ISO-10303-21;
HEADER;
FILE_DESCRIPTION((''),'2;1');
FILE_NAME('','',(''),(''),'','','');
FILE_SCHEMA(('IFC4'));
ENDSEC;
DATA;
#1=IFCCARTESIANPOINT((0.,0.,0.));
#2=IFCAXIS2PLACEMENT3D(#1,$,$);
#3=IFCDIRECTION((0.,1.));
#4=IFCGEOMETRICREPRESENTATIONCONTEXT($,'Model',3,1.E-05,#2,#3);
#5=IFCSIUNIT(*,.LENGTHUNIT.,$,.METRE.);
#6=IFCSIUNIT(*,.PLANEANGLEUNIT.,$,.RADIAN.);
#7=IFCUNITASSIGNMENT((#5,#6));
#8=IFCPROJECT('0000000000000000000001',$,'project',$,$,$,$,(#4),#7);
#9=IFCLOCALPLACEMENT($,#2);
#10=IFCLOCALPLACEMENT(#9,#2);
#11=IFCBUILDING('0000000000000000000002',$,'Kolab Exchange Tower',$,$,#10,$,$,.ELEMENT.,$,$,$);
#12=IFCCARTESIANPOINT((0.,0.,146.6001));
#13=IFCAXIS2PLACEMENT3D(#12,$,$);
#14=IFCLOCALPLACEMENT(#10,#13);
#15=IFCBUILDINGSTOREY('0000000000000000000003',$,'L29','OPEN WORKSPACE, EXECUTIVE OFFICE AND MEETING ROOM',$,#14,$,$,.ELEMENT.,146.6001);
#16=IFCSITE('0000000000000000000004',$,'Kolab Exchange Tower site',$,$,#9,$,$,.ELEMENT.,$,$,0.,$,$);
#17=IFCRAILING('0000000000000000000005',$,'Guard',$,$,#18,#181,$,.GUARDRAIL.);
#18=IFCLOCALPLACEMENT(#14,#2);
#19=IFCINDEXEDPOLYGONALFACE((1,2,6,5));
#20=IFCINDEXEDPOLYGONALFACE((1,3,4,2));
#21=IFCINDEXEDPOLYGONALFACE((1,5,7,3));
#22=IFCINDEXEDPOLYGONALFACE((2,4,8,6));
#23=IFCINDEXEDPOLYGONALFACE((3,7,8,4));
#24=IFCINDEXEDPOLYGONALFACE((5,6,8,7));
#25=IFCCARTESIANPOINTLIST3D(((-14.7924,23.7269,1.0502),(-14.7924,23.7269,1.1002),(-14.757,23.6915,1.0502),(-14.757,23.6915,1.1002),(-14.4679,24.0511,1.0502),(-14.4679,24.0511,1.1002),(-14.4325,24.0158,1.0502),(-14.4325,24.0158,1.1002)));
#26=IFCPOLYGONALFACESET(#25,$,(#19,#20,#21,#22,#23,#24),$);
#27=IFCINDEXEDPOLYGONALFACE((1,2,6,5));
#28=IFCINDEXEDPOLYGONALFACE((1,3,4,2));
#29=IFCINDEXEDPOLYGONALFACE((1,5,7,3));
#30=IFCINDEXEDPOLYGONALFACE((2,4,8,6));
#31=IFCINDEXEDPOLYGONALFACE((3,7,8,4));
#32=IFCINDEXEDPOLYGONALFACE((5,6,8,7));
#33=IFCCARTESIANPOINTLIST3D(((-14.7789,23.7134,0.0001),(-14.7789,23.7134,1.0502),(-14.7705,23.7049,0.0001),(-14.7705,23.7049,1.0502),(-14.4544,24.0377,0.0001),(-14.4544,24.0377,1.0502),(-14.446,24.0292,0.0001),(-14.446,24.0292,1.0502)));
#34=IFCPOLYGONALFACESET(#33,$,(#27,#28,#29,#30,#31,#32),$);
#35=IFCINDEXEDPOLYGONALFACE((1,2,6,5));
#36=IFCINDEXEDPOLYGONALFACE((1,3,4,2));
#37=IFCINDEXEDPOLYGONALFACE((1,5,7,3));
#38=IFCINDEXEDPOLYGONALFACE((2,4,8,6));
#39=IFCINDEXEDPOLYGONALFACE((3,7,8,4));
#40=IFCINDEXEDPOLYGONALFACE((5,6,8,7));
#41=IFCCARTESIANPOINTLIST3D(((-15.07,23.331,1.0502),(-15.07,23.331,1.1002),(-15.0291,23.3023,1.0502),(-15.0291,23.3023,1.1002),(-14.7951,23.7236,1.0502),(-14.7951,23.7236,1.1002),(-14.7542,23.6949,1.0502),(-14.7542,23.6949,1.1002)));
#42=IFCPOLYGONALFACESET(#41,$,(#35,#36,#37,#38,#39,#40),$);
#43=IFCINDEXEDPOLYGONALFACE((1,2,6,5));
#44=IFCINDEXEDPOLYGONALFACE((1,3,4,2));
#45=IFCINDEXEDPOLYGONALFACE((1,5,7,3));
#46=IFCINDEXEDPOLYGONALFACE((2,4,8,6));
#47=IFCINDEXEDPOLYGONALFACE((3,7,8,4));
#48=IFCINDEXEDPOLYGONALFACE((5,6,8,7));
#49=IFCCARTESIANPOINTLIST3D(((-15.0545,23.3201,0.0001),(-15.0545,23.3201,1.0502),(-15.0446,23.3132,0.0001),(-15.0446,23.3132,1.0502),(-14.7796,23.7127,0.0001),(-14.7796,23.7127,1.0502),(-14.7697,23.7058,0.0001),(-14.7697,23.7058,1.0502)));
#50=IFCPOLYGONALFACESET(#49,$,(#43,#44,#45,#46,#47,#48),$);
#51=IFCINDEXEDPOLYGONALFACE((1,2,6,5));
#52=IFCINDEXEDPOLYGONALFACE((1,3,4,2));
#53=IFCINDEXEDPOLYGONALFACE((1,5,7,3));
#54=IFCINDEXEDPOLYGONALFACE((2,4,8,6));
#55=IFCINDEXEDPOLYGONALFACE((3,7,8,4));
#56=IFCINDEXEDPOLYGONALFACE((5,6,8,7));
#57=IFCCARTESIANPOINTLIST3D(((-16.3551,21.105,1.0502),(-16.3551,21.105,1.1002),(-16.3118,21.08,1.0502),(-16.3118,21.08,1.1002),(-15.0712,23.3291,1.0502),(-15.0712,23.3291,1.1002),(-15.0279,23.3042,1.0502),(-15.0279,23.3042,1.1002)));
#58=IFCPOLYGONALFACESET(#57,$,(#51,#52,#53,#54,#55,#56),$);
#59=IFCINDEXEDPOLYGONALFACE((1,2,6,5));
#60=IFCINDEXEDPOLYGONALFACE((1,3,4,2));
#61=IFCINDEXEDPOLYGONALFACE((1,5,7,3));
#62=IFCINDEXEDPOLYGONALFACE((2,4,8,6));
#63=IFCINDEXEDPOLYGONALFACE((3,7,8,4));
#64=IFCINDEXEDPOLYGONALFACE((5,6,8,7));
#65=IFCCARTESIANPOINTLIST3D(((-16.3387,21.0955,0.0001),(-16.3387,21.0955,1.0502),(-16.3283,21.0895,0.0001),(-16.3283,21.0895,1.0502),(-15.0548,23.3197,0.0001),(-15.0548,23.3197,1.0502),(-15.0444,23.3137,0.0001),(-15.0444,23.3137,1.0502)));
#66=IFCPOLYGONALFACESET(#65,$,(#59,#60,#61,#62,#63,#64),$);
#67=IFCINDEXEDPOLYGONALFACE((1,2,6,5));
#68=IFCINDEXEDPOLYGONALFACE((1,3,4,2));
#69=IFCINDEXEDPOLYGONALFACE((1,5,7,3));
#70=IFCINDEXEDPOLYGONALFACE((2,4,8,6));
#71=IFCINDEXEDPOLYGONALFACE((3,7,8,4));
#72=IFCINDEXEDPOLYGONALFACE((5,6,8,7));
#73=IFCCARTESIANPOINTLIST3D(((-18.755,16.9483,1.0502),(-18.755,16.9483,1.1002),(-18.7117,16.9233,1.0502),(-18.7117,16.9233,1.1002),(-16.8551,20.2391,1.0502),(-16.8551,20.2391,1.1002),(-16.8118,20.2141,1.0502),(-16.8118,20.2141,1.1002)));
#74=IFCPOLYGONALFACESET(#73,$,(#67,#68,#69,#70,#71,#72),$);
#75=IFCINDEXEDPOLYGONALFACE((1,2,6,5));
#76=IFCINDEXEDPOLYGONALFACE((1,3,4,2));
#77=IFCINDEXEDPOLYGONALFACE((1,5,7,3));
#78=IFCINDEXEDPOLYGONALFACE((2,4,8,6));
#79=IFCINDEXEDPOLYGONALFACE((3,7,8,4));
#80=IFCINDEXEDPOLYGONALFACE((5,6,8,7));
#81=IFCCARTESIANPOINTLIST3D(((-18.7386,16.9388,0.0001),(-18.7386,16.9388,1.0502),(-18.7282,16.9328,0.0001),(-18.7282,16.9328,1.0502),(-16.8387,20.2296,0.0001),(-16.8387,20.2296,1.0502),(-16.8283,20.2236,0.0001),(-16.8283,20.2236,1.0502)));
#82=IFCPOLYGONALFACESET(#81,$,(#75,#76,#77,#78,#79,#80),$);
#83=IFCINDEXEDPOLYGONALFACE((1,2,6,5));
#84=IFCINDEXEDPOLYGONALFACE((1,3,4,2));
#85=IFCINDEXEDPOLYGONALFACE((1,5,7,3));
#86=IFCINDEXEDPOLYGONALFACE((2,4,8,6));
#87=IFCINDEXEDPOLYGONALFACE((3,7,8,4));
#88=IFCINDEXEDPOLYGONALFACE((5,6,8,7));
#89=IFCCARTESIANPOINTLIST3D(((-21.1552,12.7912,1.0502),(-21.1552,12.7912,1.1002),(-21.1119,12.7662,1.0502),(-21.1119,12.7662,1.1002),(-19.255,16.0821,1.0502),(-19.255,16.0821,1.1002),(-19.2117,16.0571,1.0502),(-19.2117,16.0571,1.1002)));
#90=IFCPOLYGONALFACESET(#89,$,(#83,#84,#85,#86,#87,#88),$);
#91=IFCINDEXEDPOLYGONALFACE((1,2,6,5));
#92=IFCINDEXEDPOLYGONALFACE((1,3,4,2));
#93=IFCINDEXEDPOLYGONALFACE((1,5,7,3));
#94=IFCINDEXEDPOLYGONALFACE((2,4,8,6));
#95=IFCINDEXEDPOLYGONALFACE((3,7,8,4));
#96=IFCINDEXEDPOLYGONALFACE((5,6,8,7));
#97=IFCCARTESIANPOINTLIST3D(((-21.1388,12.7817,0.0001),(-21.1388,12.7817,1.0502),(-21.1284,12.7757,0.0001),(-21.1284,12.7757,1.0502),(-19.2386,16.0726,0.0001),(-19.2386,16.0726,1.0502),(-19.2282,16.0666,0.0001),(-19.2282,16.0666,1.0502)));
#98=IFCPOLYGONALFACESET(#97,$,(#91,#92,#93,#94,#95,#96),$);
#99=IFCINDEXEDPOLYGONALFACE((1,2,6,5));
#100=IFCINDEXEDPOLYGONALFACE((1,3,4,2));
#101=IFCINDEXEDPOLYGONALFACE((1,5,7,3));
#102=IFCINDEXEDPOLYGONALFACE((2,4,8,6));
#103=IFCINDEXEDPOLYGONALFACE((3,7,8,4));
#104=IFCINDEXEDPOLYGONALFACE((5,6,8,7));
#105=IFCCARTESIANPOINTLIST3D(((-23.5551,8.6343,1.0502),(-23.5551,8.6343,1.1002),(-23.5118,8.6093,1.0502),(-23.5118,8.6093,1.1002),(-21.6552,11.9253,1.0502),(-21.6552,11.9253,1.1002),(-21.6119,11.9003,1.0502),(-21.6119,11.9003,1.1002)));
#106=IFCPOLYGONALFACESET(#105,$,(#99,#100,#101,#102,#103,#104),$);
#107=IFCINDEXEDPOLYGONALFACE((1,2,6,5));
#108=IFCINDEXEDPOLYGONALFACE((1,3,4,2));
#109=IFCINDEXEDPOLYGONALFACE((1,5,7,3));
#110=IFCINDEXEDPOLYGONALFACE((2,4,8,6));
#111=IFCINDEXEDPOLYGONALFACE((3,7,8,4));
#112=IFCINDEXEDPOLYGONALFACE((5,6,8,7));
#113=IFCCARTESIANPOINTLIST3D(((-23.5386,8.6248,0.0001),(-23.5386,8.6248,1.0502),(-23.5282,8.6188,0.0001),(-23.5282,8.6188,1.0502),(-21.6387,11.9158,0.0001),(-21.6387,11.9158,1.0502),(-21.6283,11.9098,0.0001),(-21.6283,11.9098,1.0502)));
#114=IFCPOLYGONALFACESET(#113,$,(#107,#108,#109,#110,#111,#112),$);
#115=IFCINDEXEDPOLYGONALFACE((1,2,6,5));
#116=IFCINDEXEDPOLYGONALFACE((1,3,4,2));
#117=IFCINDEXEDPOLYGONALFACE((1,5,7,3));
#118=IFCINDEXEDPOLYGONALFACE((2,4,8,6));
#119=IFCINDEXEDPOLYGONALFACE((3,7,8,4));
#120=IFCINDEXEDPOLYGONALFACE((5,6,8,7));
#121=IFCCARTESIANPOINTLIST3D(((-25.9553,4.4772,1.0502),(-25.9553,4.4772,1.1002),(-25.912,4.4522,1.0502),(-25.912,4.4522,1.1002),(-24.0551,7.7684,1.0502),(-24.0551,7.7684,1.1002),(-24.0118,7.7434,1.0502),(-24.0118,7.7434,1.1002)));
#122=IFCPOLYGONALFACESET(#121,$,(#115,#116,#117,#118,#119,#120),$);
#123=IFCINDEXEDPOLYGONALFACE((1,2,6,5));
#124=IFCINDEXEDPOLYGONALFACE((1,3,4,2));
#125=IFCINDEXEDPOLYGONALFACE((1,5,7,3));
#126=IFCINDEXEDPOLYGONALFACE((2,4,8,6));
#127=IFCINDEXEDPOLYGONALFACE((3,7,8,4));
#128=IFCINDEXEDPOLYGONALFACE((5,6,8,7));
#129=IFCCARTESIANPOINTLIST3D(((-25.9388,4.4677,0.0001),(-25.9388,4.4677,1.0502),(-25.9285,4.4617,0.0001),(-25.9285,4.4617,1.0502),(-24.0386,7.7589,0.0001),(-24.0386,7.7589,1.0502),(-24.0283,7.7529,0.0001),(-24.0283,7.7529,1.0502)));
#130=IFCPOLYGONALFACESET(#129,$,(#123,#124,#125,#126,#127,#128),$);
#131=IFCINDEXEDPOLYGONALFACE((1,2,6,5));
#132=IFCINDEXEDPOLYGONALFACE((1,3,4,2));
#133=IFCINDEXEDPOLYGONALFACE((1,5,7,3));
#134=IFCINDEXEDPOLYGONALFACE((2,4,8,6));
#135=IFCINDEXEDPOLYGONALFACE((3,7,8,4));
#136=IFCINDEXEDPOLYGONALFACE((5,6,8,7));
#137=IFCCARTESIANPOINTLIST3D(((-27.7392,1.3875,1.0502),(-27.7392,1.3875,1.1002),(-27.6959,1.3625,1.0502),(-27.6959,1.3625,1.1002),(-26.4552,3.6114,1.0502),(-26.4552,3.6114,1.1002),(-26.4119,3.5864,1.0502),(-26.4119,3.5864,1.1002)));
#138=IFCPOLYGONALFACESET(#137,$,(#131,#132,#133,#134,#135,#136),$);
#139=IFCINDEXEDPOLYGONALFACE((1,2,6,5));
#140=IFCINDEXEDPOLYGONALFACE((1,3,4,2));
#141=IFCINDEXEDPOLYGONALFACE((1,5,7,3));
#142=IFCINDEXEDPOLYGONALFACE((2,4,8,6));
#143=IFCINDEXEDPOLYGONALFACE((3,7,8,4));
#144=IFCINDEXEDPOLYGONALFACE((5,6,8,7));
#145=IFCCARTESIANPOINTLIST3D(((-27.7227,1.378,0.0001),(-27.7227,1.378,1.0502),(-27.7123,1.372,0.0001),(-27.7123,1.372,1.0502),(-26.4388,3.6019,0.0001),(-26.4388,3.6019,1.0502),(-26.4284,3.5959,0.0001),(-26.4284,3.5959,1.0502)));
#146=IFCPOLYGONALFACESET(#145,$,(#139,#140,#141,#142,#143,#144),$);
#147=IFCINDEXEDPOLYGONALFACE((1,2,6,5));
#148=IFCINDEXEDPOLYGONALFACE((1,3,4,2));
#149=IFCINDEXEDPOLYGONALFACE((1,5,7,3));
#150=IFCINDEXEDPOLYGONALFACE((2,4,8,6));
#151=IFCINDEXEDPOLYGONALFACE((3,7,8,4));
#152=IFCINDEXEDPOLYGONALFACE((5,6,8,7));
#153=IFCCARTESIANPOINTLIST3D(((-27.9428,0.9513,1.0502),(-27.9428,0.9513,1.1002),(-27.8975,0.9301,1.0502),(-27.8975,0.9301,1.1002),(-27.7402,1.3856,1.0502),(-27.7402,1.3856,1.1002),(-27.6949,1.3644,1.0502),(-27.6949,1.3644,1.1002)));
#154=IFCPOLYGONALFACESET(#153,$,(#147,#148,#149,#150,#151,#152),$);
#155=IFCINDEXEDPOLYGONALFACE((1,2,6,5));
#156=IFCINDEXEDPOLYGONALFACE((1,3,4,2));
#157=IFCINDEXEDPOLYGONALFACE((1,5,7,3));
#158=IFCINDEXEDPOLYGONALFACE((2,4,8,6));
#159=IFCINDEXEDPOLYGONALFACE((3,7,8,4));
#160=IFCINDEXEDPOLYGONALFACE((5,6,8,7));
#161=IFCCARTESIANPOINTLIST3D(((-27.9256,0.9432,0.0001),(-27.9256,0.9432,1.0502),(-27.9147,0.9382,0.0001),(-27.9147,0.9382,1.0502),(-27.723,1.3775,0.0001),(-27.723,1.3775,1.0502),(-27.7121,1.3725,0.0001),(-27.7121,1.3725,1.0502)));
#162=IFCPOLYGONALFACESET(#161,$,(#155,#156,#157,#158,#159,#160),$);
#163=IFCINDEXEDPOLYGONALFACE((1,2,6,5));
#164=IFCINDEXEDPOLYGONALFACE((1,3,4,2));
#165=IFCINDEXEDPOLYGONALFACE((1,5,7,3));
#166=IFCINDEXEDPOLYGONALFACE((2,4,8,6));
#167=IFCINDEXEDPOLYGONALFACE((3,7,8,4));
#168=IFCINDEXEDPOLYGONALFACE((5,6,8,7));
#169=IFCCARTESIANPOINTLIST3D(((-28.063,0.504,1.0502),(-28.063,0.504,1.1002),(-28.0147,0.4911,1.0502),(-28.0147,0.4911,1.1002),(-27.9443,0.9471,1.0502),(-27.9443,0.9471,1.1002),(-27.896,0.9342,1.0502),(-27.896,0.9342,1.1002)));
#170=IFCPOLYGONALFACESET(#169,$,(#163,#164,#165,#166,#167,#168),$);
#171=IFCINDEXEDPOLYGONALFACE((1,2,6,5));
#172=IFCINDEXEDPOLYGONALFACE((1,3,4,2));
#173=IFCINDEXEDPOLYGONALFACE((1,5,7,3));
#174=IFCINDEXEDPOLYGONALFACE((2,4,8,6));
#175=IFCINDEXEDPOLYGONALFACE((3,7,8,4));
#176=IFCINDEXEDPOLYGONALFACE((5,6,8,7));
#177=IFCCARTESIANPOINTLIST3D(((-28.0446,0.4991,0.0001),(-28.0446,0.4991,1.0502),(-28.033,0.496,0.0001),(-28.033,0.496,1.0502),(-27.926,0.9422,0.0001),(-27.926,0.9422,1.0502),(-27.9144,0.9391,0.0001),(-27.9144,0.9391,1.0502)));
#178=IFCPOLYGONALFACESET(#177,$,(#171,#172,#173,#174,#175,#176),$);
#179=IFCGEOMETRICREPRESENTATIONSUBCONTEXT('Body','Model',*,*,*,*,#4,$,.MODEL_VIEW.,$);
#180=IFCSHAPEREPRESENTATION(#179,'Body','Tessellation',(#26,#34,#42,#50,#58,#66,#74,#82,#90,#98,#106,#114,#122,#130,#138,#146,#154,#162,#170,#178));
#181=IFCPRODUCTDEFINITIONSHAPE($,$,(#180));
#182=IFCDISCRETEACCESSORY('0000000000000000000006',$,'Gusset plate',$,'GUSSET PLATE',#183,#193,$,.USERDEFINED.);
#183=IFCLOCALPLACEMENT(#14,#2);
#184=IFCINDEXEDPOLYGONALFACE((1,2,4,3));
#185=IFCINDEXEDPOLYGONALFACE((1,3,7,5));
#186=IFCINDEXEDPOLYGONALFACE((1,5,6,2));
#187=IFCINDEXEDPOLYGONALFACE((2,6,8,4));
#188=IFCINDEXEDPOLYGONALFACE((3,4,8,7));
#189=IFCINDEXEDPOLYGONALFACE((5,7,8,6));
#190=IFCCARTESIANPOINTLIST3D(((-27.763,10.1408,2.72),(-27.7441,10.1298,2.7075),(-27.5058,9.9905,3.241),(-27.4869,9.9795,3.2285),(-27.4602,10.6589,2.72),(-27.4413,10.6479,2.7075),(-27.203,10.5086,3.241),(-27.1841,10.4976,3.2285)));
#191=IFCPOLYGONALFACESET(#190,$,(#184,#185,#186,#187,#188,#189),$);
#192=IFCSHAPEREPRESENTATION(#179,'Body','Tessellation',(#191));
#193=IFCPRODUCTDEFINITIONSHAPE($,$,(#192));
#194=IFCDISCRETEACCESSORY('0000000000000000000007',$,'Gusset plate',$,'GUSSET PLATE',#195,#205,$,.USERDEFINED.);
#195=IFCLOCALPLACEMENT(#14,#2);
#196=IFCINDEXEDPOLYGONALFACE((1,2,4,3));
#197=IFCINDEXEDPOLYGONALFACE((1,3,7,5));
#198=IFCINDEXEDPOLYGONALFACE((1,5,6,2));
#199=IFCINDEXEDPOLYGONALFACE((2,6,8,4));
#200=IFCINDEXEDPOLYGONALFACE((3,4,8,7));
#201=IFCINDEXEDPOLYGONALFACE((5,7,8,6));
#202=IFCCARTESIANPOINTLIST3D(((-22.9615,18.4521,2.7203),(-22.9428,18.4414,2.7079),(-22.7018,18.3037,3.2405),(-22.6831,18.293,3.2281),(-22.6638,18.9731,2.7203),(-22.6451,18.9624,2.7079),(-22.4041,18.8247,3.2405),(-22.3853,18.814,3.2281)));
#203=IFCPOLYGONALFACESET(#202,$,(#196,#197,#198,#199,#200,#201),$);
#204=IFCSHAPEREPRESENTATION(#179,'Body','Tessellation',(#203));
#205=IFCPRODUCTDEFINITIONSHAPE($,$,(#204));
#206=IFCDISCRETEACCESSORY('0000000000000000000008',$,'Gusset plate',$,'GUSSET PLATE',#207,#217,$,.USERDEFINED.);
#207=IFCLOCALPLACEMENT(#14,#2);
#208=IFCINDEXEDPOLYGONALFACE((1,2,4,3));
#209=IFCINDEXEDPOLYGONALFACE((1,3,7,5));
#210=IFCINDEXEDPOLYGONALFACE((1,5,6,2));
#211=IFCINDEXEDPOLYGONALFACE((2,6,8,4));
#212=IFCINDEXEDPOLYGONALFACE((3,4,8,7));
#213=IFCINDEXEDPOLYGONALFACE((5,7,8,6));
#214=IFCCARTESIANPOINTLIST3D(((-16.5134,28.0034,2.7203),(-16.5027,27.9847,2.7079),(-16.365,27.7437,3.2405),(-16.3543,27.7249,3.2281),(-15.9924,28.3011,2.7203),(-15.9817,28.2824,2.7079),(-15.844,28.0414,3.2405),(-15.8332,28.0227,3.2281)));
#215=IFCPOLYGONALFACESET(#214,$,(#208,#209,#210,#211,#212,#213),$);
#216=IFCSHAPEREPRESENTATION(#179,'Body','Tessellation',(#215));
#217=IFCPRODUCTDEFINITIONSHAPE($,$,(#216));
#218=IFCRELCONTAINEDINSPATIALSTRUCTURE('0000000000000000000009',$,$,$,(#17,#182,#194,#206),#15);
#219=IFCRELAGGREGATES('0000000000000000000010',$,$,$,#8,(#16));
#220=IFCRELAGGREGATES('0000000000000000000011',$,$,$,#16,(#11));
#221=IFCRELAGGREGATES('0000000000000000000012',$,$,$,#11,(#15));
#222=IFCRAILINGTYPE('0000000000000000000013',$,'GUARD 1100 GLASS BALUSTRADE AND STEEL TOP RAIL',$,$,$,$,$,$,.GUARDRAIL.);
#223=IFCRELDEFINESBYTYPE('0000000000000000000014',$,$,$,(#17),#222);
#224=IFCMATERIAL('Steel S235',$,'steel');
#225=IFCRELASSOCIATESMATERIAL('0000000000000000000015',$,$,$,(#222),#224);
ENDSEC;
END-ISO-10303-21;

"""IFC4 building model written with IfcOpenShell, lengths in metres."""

from ifc_helpers import new_model, si_unit, direction, frame, frame_2d, origin, origin_2d, place, context, subcontext, project, spatial, rectangle, extrude, material, type_object, element, save


model = new_model("IFC4")

# Units and contexts
model_context = context("Model", 3, precision=1e-05, world=origin(), true_north=direction((0.0, 1.0)))
body_context = subcontext(model_context, "Body", "Model", "MODEL_VIEW")
ifc_project = project(units=[si_unit("LENGTHUNIT", "METRE"), si_unit("PLANEANGLEUNIT", "RADIAN")], contexts=[model_context])

# Site, building, storey
site_placement = place(None, origin())
site = spatial("IfcSite", under=ifc_project, at=site_placement, Name="Kolab Exchange Tower site", CompositionType="ELEMENT", RefElevation=0.0)
building_placement = place(site_placement, origin())
building = spatial("IfcBuilding", under=site, at=building_placement, Name="Kolab Exchange Tower", CompositionType="ELEMENT")
storey_placement = place(building_placement, frame((0.0, 0.0, 146.6001)))
storey = spatial("IfcBuildingStorey", under=building, at=storey_placement, Name="L29", Description="OPEN WORKSPACE, EXECUTIVE OFFICE AND MEETING ROOM", CompositionType="ELEMENT", Elevation=146.6001)

# Shared definitions
ifc_material_1 = material(Name="Steel S235", Category="steel")

# Railing
railing_type = type_object("IfcRailingType", Name="GUARD 1100 GLASS BALUSTRADE AND STEEL TOP RAIL", PredefinedType="GUARDRAIL", material=ifc_material_1)
railing_placement = place(storey_placement, frame((-14.4502, 24.0334, 0.0)))
element("IfcRailing", 1, at=railing_placement, inside=storey, type_object=railing_type, Name="Guard", PredefinedType="GUARDRAIL", context=body_context, shape_type="SweptSolid", body=[
    extrude(rectangle(XDim=0.05, YDim=0.05, at=origin_2d()), frame((0.0, 0.0, 1.0752), z_axis=(-0.707373, -0.706841, 0.0), x_axis=(0.706841, -0.707373, 0.0)), (0.0, 0.0, 1.0), 0.4587),
    extrude(rectangle(XDim=0.012, YDim=1.0501, at=frame_2d((0.0, 0.5251))), frame((0.0, 0.0, 0.0), z_axis=(-0.707373, -0.706841, 0.0), x_axis=(0.706841, -0.707373, 0.0)), (0.0, 0.0, 1.0), 0.4587),
    extrude(rectangle(XDim=0.05, YDim=0.05, at=origin_2d()), frame((-0.3245, -0.3242, 1.0752), z_axis=(-0.573599, -0.819136, 0.0), x_axis=(0.819136, -0.573599, 0.0)), (0.0, 0.0, 1.0), 0.4792),
    extrude(rectangle(XDim=0.012, YDim=1.0501, at=frame_2d((0.0, 0.5251))), frame((-0.3245, -0.3242, 0.0), z_axis=(-0.573599, -0.819136, 0.0), x_axis=(0.819136, -0.573599, 0.0)), (0.0, 0.0, 1.0), 0.4792),
    extrude(rectangle(XDim=0.05, YDim=0.05, at=origin_2d()), frame((-0.5994, -0.7168, 1.0752), z_axis=(-0.499953, -0.866053, 0.0), x_axis=(0.866053, -0.499953, 0.0)), (0.0, 0.0, 1.0), 2.5681),
    extrude(rectangle(XDim=0.012, YDim=1.0501, at=frame_2d((0.0, 0.5251))), frame((-0.5994, -0.7168, 0.0), z_axis=(-0.499953, -0.866053, 0.0), x_axis=(0.866053, -0.499953, 0.0)), (0.0, 0.0, 1.0), 2.5681),
    extrude(rectangle(XDim=0.05, YDim=0.05, at=origin_2d()), frame((-2.3833, -3.8069, 1.0752), z_axis=(-0.499995, -0.866028, 0.0), x_axis=(0.866028, -0.499995, 0.0)), (0.0, 0.0, 1.0), 3.7998),
    extrude(rectangle(XDim=0.012, YDim=1.0501, at=frame_2d((0.0, 0.5251))), frame((-2.3833, -3.8069, 0.0), z_axis=(-0.499995, -0.866028, 0.0), x_axis=(0.866028, -0.499995, 0.0)), (0.0, 0.0, 1.0), 3.7998),
    extrude(rectangle(XDim=0.05, YDim=0.05, at=origin_2d()), frame((-4.7832, -7.9639, 1.0752), z_axis=(-0.500043, -0.866, 0.0), x_axis=(0.866, -0.500043, 0.0)), (0.0, 0.0, 1.0), 3.8),
    extrude(rectangle(XDim=0.012, YDim=1.0501, at=frame_2d((0.0, 0.5251))), frame((-4.7832, -7.9639, 0.0), z_axis=(-0.500043, -0.866, 0.0), x_axis=(0.866, -0.500043, 0.0)), (0.0, 0.0, 1.0), 3.8),
    extrude(rectangle(XDim=0.05, YDim=0.05, at=origin_2d()), frame((-7.1833, -12.1206, 1.0752), z_axis=(-0.499967, -0.866044, 0.0), x_axis=(0.866044, -0.499967, 0.0)), (0.0, 0.0, 1.0), 3.8),
    extrude(rectangle(XDim=0.012, YDim=1.0501, at=frame_2d((0.0, 0.5251))), frame((-7.1833, -12.1206, 0.0), z_axis=(-0.499967, -0.866044, 0.0), x_axis=(0.866044, -0.499967, 0.0)), (0.0, 0.0, 1.0), 3.8),
    extrude(rectangle(XDim=0.05, YDim=0.05, at=origin_2d()), frame((-9.5833, -16.2776, 1.0752), z_axis=(-0.500015, -0.866017, 0.0), x_axis=(0.866017, -0.500015, 0.0)), (0.0, 0.0, 1.0), 3.8003),
    extrude(rectangle(XDim=0.012, YDim=1.0501, at=frame_2d((0.0, 0.5251))), frame((-9.5833, -16.2776, 0.0), z_axis=(-0.500015, -0.866017, 0.0), x_axis=(0.866017, -0.500015, 0.0)), (0.0, 0.0, 1.0), 3.8003),
    extrude(rectangle(XDim=0.05, YDim=0.05, at=origin_2d()), frame((-11.9834, -20.4346, 1.0752), z_axis=(-0.499994, -0.866029, 0.0), x_axis=(0.866029, -0.499994, 0.0)), (0.0, 0.0, 1.0), 2.5679),
    extrude(rectangle(XDim=0.012, YDim=1.0501, at=frame_2d((0.0, 0.5251))), frame((-11.9834, -20.4346, 0.0), z_axis=(-0.499994, -0.866029, 0.0), x_axis=(0.866029, -0.499994, 0.0)), (0.0, 0.0, 1.0), 2.5679),
    extrude(rectangle(XDim=0.05, YDim=0.05, at=origin_2d()), frame((-13.2673, -22.6584, 1.0752), z_axis=(-0.422802, -0.906222, 0.0), x_axis=(0.906222, -0.422802, 0.0)), (0.0, 0.0, 1.0), 0.4792),
    extrude(rectangle(XDim=0.012, YDim=1.0501, at=frame_2d((0.0, 0.5251))), frame((-13.2673, -22.6584, 0.0), z_axis=(-0.422802, -0.906222, 0.0), x_axis=(0.906222, -0.422802, 0.0)), (0.0, 0.0, 1.0), 0.4792),
    extrude(rectangle(XDim=0.05, YDim=0.05, at=origin_2d()), frame((-13.47, -23.0928, 1.0752), z_axis=(-0.258656, -0.965969, 0.0), x_axis=(0.965969, -0.258656, 0.0)), (0.0, 0.0, 1.0), 0.4587),
    extrude(rectangle(XDim=0.012, YDim=1.0501, at=frame_2d((0.0, 0.5251))), frame((-13.47, -23.0928, 0.0), z_axis=(-0.258656, -0.965969, 0.0), x_axis=(0.965969, -0.258656, 0.0)), (0.0, 0.0, 1.0), 0.4587),
])

# Discrete accessories
discrete_accessory_placement = place(storey_placement, frame((-27.4641, 10.3137, 2.968), z_axis=(-0.749483, 0.438009, 0.496411), x_axis=(-0.504568, -0.863372, 0.0)))
element("IfcDiscreteAccessory", 2, at=discrete_accessory_placement, inside=storey, Name="Gusset plate", ObjectType="GUSSET PLATE", PredefinedType="USERDEFINED", context=body_context, shape_type="SweptSolid", body=[
    extrude(rectangle(XDim=0.6001, YDim=0.6001, at=origin_2d()), origin(), (0.0, 0.0, 1.0), 0.0251),
])
for number, where, z_axis, x_axis, name in (
    (3, (-22.6641, 18.6277, 2.968), (-0.752663, 0.430093, 0.498517), (-0.496139, -0.868243, 0.0), "Gusset plate"),
    (4, (-16.168, 28.0037, 2.968), (-0.430093, 0.752663, 0.498517), (-0.868243, -0.496139, 0.0), "Gusset plate"),
):
    element("IfcDiscreteAccessory", number, at=place(storey_placement, frame(where, z_axis=z_axis, x_axis=x_axis)), inside=storey, Name=name, ObjectType="GUSSET PLATE", PredefinedType="USERDEFINED", context=body_context, shape_type="SweptSolid", body=[
        extrude(rectangle(XDim=0.6001, YDim=0.6001, at=origin_2d()), origin(), (0.0, 0.0, 1.0), 0.0249),
    ])

save(model, "model.ifc")
